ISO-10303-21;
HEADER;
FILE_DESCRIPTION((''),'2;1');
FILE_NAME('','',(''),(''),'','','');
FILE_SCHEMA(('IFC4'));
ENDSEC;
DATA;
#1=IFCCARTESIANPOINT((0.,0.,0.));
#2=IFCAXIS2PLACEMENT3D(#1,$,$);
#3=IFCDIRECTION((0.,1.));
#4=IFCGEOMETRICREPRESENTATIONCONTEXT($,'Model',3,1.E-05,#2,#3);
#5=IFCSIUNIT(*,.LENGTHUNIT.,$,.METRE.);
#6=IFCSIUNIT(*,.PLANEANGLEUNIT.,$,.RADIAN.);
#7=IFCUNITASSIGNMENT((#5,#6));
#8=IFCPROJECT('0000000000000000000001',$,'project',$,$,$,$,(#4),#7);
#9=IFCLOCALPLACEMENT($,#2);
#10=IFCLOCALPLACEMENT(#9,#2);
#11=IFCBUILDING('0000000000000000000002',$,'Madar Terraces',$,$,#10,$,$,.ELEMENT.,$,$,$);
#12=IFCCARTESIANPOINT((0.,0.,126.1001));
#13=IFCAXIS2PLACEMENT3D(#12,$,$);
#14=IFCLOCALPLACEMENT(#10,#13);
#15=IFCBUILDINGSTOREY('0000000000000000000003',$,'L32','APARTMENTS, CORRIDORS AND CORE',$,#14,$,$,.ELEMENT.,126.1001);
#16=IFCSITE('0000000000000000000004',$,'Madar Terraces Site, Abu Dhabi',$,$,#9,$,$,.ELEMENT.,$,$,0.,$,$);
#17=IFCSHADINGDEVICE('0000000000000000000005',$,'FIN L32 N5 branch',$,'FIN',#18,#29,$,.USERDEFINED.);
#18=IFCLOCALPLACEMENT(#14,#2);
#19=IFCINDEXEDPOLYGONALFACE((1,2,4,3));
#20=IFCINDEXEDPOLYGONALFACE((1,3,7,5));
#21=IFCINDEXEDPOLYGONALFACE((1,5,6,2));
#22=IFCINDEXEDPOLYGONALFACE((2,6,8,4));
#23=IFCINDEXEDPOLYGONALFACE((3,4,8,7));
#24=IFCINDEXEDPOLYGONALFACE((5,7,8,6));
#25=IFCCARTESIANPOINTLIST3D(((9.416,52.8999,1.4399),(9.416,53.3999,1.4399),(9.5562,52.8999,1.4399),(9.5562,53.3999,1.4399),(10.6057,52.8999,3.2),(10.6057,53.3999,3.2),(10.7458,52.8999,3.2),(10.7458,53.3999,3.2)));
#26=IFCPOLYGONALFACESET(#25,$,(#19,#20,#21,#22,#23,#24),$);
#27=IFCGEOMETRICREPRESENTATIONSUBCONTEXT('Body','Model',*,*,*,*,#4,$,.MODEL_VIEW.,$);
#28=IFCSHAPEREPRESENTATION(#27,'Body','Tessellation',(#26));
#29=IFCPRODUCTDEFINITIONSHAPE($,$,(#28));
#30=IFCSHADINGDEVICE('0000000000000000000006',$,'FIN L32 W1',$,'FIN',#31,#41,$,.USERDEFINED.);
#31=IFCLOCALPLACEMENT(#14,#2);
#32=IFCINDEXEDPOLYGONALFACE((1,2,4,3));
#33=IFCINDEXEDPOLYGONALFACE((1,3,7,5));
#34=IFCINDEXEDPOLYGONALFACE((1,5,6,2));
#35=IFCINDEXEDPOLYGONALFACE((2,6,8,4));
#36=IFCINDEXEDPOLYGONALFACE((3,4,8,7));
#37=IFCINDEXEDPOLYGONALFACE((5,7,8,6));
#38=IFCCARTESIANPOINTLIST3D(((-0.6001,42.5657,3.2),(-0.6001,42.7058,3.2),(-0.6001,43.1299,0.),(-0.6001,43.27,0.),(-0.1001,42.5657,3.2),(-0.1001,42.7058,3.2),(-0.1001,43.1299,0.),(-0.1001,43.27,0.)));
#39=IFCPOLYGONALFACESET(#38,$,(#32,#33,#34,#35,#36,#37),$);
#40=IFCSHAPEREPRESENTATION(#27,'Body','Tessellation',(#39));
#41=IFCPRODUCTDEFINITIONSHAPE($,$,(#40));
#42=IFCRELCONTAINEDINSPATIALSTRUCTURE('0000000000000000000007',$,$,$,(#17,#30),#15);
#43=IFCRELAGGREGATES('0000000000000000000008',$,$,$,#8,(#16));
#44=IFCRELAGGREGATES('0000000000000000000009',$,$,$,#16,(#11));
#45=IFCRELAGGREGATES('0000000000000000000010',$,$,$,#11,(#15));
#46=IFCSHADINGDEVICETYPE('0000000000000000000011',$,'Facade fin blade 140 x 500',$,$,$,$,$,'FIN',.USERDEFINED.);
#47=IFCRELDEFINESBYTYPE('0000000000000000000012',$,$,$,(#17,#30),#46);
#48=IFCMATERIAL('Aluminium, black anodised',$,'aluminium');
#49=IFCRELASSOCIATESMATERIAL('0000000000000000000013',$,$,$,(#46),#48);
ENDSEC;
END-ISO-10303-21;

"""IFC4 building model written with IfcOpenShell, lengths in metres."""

from ifc_helpers import new_model, si_unit, direction, frame, origin, place, context, subcontext, project, spatial, polyline, outline, extrude, material, type_object, element, save


model = new_model("IFC4")

# Units and contexts
model_context = context("Model", 3, precision=1e-05, world=origin(), true_north=direction((0.0, 1.0)))
body_context = subcontext(model_context, "Body", "Model", "MODEL_VIEW")
ifc_project = project(units=[si_unit("LENGTHUNIT", "METRE"), si_unit("PLANEANGLEUNIT", "RADIAN")], contexts=[model_context])

# Site, building, storey
site_placement = place(None, origin())
site = spatial("IfcSite", under=ifc_project, at=site_placement, Name="Madar Terraces Site, Abu Dhabi", CompositionType="ELEMENT", RefElevation=0.0)
building_placement = place(site_placement, origin())
building = spatial("IfcBuilding", under=site, at=building_placement, Name="Madar Terraces", CompositionType="ELEMENT")
storey_placement = place(building_placement, frame((0.0, 0.0, 126.1001)))
storey = spatial("IfcBuildingStorey", under=building, at=storey_placement, Name="L32", Description="APARTMENTS, CORRIDORS AND CORE", CompositionType="ELEMENT", Elevation=126.1001)

# Shading devices
ifc_material_1 = material(Name="Aluminium, black anodised", Category="aluminium")
shading_device_type = type_object("IfcShadingDeviceType", Name="Facade fin blade 140 x 500", ElementType="FIN", PredefinedType="USERDEFINED", material=ifc_material_1)
shading_device_1_placement = place(storey_placement, frame((9.5562, 53.1499, 1.4399), z_axis=(0.0, 0.0, 1.0), x_axis=(-1.0, 0.0, 0.0)))
element("IfcShadingDevice", 1, at=shading_device_1_placement, inside=storey, type_object=shading_device_type, Name="FIN L32 N5 branch", ObjectType="FIN", PredefinedType="USERDEFINED", context=body_context, shape_type="SweptSolid", body=[
    extrude(outline(polyline([(0.0, 0.0), (0.1401, 0.0), (-1.0496, 1.76), (-1.1897, 1.76), (0.0, 0.0)])), frame((0.0, 0.25, 0.0), z_axis=(0.0, -1.0, 0.0), x_axis=(1.0, 0.0, 0.0)), (0.0, 0.0, 1.0), 0.5),
])
shading_device_2_placement = place(storey_placement, frame((-0.3501, 43.27, 0.0), z_axis=(0.0, 0.0, 1.0), x_axis=(0.0, -1.0, 0.0)))
element("IfcShadingDevice", 2, at=shading_device_2_placement, inside=storey, type_object=shading_device_type, Name="FIN L32 W1", ObjectType="FIN", PredefinedType="USERDEFINED", context=body_context, shape_type="SweptSolid", body=[
    extrude(outline(polyline([(0.0, 0.0), (0.1401, 0.0), (0.7043, 3.2), (0.5642, 3.2), (0.0, 0.0)])), frame((0.0, 0.25, 0.0), z_axis=(0.0, -1.0, 0.0), x_axis=(1.0, 0.0, 0.0)), (0.0, 0.0, 1.0), 0.5),
])

save(model, "model.ifc")
